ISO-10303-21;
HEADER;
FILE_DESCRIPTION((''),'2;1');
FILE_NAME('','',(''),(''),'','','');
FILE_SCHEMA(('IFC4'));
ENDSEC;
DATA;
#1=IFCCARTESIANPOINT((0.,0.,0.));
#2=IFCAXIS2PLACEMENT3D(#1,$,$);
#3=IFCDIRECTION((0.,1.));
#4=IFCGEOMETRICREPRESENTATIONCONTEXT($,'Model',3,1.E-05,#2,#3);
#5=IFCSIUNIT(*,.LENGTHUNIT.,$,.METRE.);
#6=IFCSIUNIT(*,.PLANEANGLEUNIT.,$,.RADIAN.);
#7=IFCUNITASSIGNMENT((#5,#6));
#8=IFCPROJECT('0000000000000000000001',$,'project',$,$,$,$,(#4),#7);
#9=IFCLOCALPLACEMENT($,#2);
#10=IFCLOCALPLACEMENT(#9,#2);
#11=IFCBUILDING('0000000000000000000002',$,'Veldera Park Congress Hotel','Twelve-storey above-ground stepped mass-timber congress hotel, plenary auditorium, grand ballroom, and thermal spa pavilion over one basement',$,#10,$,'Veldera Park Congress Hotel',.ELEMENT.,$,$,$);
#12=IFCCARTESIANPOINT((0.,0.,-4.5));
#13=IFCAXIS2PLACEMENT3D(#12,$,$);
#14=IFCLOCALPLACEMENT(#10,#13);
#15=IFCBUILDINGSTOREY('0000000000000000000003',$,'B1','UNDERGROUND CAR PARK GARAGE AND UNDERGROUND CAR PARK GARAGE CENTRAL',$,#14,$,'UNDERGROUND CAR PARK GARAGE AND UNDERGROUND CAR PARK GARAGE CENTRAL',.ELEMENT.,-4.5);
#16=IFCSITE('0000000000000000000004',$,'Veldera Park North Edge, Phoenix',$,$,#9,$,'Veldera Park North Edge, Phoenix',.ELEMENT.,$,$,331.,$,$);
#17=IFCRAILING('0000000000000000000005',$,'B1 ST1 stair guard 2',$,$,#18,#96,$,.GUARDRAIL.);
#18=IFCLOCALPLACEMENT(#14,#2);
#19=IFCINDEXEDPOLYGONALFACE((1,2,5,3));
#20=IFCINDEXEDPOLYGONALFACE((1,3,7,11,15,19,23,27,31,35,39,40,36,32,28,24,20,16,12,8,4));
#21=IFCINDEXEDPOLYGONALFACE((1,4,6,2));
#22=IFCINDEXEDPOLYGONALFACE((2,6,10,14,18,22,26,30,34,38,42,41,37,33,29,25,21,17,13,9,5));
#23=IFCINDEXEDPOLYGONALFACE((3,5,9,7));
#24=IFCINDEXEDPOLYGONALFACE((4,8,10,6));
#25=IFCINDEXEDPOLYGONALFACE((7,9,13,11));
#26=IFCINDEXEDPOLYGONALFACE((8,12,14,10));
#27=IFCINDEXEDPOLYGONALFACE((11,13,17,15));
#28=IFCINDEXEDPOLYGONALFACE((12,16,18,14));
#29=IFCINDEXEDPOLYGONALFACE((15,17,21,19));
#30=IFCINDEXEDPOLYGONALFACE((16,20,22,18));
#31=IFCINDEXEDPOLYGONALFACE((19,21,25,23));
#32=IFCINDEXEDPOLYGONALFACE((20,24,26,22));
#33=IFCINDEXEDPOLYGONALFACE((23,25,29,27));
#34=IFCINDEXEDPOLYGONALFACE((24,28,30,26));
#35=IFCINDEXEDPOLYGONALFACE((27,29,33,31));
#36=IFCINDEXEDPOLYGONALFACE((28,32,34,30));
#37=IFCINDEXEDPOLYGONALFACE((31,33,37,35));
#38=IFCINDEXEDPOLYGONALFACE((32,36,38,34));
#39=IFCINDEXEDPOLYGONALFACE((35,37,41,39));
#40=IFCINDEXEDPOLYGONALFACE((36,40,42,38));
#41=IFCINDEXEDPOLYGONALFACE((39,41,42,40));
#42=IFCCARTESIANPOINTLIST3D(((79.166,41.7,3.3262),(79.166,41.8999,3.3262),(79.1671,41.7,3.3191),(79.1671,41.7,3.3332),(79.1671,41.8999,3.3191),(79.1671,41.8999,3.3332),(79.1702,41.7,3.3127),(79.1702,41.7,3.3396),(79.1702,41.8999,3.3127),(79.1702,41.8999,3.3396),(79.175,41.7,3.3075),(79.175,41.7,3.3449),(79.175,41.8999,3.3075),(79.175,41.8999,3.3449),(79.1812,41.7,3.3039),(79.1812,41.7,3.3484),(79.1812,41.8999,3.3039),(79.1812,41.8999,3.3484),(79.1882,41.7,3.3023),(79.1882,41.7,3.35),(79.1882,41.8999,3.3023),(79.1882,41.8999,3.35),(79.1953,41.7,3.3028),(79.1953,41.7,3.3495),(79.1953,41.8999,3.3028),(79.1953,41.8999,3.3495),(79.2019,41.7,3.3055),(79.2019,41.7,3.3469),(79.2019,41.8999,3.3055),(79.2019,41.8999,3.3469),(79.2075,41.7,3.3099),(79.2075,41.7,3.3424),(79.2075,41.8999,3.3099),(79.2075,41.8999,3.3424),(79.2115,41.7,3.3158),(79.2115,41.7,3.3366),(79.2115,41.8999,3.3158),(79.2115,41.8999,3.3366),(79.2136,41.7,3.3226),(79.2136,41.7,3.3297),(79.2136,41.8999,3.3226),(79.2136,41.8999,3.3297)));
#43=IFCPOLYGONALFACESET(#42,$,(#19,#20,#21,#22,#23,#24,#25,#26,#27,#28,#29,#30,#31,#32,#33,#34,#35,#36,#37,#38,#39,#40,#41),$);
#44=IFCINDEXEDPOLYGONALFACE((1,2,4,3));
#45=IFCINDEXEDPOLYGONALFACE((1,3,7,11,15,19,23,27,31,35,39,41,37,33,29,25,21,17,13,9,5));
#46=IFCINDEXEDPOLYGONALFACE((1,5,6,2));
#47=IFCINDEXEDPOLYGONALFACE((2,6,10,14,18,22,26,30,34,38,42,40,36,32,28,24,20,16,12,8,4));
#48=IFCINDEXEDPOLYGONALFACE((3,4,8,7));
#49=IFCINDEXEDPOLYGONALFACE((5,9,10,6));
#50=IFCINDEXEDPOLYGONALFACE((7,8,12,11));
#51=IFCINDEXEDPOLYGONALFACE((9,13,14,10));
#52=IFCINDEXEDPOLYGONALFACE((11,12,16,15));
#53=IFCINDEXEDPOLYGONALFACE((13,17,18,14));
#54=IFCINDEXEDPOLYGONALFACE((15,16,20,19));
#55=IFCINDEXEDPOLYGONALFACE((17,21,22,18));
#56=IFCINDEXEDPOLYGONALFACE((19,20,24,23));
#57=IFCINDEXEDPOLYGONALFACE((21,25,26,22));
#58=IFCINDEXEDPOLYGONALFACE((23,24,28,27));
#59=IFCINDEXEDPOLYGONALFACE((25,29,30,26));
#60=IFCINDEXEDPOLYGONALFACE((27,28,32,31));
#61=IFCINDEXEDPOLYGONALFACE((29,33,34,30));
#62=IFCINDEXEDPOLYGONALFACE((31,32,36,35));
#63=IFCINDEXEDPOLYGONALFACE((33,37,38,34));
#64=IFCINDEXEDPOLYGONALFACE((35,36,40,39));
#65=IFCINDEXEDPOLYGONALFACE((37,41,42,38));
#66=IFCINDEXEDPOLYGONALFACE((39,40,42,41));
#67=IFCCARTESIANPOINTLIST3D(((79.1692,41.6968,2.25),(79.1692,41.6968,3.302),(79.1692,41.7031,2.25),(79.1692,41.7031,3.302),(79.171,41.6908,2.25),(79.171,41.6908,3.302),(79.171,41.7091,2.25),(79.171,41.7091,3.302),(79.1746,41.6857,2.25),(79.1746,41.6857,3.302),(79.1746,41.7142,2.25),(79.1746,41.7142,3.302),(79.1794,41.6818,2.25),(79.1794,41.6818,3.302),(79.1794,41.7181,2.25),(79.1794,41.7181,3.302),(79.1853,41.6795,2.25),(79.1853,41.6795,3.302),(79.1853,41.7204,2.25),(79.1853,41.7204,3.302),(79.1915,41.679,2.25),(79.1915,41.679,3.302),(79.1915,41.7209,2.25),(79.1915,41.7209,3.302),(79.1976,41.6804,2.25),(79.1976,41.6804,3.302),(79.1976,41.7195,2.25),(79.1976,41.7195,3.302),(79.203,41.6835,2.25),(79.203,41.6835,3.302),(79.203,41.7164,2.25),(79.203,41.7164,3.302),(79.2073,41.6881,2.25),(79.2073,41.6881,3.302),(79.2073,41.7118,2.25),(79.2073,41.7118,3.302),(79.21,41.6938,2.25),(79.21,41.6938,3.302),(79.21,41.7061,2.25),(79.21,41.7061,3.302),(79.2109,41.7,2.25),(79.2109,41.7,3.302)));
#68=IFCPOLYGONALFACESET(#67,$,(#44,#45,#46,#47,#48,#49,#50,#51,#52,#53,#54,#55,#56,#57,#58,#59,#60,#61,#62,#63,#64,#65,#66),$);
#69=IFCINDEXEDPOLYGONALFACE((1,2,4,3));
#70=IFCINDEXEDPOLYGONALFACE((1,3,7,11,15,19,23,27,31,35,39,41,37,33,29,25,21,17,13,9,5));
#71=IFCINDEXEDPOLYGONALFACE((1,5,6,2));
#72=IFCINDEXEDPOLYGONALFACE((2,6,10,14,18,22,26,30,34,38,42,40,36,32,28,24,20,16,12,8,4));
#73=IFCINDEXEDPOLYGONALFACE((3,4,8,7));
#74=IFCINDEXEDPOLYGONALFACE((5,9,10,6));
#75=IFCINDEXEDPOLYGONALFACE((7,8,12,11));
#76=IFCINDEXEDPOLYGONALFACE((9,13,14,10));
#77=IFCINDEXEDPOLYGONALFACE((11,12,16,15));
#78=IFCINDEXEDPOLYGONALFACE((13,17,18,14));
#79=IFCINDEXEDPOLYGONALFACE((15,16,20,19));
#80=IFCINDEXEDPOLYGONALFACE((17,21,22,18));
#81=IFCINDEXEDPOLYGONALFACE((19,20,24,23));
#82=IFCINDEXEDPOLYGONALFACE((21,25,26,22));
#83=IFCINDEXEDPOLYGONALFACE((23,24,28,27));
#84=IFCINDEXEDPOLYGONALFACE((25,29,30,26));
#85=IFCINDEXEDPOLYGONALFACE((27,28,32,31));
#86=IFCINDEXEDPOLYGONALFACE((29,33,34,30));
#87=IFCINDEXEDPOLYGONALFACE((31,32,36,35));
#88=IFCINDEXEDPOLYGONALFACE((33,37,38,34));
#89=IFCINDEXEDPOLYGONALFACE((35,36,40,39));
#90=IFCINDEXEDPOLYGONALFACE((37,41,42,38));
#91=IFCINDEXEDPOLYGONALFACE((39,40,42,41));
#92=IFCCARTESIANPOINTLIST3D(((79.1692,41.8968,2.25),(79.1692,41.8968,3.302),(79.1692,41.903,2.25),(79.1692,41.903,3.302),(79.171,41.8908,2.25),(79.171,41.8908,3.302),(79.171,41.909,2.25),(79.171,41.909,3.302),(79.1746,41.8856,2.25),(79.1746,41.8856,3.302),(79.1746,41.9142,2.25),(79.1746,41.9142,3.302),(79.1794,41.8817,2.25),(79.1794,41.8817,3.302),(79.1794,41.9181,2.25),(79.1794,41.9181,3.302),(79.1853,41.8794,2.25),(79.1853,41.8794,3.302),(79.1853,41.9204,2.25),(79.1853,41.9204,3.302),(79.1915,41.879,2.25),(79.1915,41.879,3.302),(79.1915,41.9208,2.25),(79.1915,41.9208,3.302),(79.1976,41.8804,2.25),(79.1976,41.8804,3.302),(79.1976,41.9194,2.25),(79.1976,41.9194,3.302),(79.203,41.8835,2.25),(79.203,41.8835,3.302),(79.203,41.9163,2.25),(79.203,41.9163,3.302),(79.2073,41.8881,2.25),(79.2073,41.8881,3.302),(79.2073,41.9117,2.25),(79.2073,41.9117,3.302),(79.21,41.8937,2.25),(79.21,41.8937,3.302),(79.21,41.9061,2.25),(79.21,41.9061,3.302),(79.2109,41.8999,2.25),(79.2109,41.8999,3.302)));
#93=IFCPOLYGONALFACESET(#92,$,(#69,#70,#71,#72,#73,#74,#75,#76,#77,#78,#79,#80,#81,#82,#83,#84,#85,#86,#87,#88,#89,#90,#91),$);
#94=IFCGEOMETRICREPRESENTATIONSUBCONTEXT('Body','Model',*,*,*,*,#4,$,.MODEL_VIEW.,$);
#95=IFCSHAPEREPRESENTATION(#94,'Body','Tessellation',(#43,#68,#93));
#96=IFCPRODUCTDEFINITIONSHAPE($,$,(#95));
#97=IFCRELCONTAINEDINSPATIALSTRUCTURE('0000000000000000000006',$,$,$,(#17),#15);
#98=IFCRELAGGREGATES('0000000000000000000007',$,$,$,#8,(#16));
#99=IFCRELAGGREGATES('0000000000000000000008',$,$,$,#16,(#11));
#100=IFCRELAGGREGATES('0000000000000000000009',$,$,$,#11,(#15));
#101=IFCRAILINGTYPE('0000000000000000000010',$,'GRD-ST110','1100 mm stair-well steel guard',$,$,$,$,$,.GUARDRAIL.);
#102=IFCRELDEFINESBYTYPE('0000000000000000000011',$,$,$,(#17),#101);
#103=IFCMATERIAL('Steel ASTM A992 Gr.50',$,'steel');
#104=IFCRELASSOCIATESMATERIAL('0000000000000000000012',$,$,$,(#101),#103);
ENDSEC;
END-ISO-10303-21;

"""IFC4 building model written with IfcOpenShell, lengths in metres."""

from ifc_helpers import new_model, si_unit, direction, frame, origin, origin_2d, place, context, subcontext, project, spatial, circle, extrude, material, type_object, element, save


model = new_model("IFC4")

# Units and contexts
model_context = context("Model", 3, precision=1e-05, world=origin(), true_north=direction((0.0, 1.0)))
body_context = subcontext(model_context, "Body", "Model", "MODEL_VIEW")
ifc_project = project(units=[si_unit("LENGTHUNIT", "METRE"), si_unit("PLANEANGLEUNIT", "RADIAN")], contexts=[model_context])

# Site, building, storey
site_placement = place(None, origin())
site = spatial("IfcSite", under=ifc_project, at=site_placement, Name="Veldera Park North Edge, Phoenix", LongName="Veldera Park North Edge, Phoenix", CompositionType="ELEMENT", RefElevation=331.0)
building_placement = place(site_placement, origin())
building = spatial("IfcBuilding", under=site, at=building_placement, Name="Veldera Park Congress Hotel", Description="Twelve-storey above-ground stepped mass-timber congress hotel, plenary auditorium, grand ballroom, and thermal spa pavilion over one basement", LongName="Veldera Park Congress Hotel", CompositionType="ELEMENT")
storey_placement = place(building_placement, frame((0.0, 0.0, -4.5)))
storey = spatial("IfcBuildingStorey", under=building, at=storey_placement, Name="B1", Description="UNDERGROUND CAR PARK GARAGE AND UNDERGROUND CAR PARK GARAGE CENTRAL", LongName="UNDERGROUND CAR PARK GARAGE AND UNDERGROUND CAR PARK GARAGE CENTRAL", CompositionType="ELEMENT", Elevation=-4.5)

# Railing
ifc_material_1 = material(Name="Steel ASTM A992 Gr.50", Category="steel")
railing_type_1 = type_object("IfcRailingType", Name="GRD-ST110", Description="1100 mm stair-well steel guard", PredefinedType="GUARDRAIL", material=ifc_material_1)
railing_1_placement = place(storey_placement, frame((79.1899, 41.7, 2.25)))
element("IfcRailing", 1, at=railing_1_placement, inside=storey, type_object=railing_type_1, Name="B1 ST1 stair guard 2", PredefinedType="GUARDRAIL", context=body_context, shape_type="SweptSolid", body=[
    extrude(circle(Radius=0.0239, at=origin_2d()), frame((0.0, 0.0, 1.0762), z_axis=(0.0, 1.0, 0.0), x_axis=(-1.0, 0.0, 0.0)), (0.0, 0.0, 1.0), 0.2),
    extrude(circle(Radius=0.021, at=origin_2d()), origin(), (0.0, 0.0, 1.0), 1.052),
    extrude(circle(Radius=0.021, at=origin_2d()), frame((0.0, 0.2, 0.0)), (0.0, 0.0, 1.0), 1.052),
])

save(model, "model.ifc")
